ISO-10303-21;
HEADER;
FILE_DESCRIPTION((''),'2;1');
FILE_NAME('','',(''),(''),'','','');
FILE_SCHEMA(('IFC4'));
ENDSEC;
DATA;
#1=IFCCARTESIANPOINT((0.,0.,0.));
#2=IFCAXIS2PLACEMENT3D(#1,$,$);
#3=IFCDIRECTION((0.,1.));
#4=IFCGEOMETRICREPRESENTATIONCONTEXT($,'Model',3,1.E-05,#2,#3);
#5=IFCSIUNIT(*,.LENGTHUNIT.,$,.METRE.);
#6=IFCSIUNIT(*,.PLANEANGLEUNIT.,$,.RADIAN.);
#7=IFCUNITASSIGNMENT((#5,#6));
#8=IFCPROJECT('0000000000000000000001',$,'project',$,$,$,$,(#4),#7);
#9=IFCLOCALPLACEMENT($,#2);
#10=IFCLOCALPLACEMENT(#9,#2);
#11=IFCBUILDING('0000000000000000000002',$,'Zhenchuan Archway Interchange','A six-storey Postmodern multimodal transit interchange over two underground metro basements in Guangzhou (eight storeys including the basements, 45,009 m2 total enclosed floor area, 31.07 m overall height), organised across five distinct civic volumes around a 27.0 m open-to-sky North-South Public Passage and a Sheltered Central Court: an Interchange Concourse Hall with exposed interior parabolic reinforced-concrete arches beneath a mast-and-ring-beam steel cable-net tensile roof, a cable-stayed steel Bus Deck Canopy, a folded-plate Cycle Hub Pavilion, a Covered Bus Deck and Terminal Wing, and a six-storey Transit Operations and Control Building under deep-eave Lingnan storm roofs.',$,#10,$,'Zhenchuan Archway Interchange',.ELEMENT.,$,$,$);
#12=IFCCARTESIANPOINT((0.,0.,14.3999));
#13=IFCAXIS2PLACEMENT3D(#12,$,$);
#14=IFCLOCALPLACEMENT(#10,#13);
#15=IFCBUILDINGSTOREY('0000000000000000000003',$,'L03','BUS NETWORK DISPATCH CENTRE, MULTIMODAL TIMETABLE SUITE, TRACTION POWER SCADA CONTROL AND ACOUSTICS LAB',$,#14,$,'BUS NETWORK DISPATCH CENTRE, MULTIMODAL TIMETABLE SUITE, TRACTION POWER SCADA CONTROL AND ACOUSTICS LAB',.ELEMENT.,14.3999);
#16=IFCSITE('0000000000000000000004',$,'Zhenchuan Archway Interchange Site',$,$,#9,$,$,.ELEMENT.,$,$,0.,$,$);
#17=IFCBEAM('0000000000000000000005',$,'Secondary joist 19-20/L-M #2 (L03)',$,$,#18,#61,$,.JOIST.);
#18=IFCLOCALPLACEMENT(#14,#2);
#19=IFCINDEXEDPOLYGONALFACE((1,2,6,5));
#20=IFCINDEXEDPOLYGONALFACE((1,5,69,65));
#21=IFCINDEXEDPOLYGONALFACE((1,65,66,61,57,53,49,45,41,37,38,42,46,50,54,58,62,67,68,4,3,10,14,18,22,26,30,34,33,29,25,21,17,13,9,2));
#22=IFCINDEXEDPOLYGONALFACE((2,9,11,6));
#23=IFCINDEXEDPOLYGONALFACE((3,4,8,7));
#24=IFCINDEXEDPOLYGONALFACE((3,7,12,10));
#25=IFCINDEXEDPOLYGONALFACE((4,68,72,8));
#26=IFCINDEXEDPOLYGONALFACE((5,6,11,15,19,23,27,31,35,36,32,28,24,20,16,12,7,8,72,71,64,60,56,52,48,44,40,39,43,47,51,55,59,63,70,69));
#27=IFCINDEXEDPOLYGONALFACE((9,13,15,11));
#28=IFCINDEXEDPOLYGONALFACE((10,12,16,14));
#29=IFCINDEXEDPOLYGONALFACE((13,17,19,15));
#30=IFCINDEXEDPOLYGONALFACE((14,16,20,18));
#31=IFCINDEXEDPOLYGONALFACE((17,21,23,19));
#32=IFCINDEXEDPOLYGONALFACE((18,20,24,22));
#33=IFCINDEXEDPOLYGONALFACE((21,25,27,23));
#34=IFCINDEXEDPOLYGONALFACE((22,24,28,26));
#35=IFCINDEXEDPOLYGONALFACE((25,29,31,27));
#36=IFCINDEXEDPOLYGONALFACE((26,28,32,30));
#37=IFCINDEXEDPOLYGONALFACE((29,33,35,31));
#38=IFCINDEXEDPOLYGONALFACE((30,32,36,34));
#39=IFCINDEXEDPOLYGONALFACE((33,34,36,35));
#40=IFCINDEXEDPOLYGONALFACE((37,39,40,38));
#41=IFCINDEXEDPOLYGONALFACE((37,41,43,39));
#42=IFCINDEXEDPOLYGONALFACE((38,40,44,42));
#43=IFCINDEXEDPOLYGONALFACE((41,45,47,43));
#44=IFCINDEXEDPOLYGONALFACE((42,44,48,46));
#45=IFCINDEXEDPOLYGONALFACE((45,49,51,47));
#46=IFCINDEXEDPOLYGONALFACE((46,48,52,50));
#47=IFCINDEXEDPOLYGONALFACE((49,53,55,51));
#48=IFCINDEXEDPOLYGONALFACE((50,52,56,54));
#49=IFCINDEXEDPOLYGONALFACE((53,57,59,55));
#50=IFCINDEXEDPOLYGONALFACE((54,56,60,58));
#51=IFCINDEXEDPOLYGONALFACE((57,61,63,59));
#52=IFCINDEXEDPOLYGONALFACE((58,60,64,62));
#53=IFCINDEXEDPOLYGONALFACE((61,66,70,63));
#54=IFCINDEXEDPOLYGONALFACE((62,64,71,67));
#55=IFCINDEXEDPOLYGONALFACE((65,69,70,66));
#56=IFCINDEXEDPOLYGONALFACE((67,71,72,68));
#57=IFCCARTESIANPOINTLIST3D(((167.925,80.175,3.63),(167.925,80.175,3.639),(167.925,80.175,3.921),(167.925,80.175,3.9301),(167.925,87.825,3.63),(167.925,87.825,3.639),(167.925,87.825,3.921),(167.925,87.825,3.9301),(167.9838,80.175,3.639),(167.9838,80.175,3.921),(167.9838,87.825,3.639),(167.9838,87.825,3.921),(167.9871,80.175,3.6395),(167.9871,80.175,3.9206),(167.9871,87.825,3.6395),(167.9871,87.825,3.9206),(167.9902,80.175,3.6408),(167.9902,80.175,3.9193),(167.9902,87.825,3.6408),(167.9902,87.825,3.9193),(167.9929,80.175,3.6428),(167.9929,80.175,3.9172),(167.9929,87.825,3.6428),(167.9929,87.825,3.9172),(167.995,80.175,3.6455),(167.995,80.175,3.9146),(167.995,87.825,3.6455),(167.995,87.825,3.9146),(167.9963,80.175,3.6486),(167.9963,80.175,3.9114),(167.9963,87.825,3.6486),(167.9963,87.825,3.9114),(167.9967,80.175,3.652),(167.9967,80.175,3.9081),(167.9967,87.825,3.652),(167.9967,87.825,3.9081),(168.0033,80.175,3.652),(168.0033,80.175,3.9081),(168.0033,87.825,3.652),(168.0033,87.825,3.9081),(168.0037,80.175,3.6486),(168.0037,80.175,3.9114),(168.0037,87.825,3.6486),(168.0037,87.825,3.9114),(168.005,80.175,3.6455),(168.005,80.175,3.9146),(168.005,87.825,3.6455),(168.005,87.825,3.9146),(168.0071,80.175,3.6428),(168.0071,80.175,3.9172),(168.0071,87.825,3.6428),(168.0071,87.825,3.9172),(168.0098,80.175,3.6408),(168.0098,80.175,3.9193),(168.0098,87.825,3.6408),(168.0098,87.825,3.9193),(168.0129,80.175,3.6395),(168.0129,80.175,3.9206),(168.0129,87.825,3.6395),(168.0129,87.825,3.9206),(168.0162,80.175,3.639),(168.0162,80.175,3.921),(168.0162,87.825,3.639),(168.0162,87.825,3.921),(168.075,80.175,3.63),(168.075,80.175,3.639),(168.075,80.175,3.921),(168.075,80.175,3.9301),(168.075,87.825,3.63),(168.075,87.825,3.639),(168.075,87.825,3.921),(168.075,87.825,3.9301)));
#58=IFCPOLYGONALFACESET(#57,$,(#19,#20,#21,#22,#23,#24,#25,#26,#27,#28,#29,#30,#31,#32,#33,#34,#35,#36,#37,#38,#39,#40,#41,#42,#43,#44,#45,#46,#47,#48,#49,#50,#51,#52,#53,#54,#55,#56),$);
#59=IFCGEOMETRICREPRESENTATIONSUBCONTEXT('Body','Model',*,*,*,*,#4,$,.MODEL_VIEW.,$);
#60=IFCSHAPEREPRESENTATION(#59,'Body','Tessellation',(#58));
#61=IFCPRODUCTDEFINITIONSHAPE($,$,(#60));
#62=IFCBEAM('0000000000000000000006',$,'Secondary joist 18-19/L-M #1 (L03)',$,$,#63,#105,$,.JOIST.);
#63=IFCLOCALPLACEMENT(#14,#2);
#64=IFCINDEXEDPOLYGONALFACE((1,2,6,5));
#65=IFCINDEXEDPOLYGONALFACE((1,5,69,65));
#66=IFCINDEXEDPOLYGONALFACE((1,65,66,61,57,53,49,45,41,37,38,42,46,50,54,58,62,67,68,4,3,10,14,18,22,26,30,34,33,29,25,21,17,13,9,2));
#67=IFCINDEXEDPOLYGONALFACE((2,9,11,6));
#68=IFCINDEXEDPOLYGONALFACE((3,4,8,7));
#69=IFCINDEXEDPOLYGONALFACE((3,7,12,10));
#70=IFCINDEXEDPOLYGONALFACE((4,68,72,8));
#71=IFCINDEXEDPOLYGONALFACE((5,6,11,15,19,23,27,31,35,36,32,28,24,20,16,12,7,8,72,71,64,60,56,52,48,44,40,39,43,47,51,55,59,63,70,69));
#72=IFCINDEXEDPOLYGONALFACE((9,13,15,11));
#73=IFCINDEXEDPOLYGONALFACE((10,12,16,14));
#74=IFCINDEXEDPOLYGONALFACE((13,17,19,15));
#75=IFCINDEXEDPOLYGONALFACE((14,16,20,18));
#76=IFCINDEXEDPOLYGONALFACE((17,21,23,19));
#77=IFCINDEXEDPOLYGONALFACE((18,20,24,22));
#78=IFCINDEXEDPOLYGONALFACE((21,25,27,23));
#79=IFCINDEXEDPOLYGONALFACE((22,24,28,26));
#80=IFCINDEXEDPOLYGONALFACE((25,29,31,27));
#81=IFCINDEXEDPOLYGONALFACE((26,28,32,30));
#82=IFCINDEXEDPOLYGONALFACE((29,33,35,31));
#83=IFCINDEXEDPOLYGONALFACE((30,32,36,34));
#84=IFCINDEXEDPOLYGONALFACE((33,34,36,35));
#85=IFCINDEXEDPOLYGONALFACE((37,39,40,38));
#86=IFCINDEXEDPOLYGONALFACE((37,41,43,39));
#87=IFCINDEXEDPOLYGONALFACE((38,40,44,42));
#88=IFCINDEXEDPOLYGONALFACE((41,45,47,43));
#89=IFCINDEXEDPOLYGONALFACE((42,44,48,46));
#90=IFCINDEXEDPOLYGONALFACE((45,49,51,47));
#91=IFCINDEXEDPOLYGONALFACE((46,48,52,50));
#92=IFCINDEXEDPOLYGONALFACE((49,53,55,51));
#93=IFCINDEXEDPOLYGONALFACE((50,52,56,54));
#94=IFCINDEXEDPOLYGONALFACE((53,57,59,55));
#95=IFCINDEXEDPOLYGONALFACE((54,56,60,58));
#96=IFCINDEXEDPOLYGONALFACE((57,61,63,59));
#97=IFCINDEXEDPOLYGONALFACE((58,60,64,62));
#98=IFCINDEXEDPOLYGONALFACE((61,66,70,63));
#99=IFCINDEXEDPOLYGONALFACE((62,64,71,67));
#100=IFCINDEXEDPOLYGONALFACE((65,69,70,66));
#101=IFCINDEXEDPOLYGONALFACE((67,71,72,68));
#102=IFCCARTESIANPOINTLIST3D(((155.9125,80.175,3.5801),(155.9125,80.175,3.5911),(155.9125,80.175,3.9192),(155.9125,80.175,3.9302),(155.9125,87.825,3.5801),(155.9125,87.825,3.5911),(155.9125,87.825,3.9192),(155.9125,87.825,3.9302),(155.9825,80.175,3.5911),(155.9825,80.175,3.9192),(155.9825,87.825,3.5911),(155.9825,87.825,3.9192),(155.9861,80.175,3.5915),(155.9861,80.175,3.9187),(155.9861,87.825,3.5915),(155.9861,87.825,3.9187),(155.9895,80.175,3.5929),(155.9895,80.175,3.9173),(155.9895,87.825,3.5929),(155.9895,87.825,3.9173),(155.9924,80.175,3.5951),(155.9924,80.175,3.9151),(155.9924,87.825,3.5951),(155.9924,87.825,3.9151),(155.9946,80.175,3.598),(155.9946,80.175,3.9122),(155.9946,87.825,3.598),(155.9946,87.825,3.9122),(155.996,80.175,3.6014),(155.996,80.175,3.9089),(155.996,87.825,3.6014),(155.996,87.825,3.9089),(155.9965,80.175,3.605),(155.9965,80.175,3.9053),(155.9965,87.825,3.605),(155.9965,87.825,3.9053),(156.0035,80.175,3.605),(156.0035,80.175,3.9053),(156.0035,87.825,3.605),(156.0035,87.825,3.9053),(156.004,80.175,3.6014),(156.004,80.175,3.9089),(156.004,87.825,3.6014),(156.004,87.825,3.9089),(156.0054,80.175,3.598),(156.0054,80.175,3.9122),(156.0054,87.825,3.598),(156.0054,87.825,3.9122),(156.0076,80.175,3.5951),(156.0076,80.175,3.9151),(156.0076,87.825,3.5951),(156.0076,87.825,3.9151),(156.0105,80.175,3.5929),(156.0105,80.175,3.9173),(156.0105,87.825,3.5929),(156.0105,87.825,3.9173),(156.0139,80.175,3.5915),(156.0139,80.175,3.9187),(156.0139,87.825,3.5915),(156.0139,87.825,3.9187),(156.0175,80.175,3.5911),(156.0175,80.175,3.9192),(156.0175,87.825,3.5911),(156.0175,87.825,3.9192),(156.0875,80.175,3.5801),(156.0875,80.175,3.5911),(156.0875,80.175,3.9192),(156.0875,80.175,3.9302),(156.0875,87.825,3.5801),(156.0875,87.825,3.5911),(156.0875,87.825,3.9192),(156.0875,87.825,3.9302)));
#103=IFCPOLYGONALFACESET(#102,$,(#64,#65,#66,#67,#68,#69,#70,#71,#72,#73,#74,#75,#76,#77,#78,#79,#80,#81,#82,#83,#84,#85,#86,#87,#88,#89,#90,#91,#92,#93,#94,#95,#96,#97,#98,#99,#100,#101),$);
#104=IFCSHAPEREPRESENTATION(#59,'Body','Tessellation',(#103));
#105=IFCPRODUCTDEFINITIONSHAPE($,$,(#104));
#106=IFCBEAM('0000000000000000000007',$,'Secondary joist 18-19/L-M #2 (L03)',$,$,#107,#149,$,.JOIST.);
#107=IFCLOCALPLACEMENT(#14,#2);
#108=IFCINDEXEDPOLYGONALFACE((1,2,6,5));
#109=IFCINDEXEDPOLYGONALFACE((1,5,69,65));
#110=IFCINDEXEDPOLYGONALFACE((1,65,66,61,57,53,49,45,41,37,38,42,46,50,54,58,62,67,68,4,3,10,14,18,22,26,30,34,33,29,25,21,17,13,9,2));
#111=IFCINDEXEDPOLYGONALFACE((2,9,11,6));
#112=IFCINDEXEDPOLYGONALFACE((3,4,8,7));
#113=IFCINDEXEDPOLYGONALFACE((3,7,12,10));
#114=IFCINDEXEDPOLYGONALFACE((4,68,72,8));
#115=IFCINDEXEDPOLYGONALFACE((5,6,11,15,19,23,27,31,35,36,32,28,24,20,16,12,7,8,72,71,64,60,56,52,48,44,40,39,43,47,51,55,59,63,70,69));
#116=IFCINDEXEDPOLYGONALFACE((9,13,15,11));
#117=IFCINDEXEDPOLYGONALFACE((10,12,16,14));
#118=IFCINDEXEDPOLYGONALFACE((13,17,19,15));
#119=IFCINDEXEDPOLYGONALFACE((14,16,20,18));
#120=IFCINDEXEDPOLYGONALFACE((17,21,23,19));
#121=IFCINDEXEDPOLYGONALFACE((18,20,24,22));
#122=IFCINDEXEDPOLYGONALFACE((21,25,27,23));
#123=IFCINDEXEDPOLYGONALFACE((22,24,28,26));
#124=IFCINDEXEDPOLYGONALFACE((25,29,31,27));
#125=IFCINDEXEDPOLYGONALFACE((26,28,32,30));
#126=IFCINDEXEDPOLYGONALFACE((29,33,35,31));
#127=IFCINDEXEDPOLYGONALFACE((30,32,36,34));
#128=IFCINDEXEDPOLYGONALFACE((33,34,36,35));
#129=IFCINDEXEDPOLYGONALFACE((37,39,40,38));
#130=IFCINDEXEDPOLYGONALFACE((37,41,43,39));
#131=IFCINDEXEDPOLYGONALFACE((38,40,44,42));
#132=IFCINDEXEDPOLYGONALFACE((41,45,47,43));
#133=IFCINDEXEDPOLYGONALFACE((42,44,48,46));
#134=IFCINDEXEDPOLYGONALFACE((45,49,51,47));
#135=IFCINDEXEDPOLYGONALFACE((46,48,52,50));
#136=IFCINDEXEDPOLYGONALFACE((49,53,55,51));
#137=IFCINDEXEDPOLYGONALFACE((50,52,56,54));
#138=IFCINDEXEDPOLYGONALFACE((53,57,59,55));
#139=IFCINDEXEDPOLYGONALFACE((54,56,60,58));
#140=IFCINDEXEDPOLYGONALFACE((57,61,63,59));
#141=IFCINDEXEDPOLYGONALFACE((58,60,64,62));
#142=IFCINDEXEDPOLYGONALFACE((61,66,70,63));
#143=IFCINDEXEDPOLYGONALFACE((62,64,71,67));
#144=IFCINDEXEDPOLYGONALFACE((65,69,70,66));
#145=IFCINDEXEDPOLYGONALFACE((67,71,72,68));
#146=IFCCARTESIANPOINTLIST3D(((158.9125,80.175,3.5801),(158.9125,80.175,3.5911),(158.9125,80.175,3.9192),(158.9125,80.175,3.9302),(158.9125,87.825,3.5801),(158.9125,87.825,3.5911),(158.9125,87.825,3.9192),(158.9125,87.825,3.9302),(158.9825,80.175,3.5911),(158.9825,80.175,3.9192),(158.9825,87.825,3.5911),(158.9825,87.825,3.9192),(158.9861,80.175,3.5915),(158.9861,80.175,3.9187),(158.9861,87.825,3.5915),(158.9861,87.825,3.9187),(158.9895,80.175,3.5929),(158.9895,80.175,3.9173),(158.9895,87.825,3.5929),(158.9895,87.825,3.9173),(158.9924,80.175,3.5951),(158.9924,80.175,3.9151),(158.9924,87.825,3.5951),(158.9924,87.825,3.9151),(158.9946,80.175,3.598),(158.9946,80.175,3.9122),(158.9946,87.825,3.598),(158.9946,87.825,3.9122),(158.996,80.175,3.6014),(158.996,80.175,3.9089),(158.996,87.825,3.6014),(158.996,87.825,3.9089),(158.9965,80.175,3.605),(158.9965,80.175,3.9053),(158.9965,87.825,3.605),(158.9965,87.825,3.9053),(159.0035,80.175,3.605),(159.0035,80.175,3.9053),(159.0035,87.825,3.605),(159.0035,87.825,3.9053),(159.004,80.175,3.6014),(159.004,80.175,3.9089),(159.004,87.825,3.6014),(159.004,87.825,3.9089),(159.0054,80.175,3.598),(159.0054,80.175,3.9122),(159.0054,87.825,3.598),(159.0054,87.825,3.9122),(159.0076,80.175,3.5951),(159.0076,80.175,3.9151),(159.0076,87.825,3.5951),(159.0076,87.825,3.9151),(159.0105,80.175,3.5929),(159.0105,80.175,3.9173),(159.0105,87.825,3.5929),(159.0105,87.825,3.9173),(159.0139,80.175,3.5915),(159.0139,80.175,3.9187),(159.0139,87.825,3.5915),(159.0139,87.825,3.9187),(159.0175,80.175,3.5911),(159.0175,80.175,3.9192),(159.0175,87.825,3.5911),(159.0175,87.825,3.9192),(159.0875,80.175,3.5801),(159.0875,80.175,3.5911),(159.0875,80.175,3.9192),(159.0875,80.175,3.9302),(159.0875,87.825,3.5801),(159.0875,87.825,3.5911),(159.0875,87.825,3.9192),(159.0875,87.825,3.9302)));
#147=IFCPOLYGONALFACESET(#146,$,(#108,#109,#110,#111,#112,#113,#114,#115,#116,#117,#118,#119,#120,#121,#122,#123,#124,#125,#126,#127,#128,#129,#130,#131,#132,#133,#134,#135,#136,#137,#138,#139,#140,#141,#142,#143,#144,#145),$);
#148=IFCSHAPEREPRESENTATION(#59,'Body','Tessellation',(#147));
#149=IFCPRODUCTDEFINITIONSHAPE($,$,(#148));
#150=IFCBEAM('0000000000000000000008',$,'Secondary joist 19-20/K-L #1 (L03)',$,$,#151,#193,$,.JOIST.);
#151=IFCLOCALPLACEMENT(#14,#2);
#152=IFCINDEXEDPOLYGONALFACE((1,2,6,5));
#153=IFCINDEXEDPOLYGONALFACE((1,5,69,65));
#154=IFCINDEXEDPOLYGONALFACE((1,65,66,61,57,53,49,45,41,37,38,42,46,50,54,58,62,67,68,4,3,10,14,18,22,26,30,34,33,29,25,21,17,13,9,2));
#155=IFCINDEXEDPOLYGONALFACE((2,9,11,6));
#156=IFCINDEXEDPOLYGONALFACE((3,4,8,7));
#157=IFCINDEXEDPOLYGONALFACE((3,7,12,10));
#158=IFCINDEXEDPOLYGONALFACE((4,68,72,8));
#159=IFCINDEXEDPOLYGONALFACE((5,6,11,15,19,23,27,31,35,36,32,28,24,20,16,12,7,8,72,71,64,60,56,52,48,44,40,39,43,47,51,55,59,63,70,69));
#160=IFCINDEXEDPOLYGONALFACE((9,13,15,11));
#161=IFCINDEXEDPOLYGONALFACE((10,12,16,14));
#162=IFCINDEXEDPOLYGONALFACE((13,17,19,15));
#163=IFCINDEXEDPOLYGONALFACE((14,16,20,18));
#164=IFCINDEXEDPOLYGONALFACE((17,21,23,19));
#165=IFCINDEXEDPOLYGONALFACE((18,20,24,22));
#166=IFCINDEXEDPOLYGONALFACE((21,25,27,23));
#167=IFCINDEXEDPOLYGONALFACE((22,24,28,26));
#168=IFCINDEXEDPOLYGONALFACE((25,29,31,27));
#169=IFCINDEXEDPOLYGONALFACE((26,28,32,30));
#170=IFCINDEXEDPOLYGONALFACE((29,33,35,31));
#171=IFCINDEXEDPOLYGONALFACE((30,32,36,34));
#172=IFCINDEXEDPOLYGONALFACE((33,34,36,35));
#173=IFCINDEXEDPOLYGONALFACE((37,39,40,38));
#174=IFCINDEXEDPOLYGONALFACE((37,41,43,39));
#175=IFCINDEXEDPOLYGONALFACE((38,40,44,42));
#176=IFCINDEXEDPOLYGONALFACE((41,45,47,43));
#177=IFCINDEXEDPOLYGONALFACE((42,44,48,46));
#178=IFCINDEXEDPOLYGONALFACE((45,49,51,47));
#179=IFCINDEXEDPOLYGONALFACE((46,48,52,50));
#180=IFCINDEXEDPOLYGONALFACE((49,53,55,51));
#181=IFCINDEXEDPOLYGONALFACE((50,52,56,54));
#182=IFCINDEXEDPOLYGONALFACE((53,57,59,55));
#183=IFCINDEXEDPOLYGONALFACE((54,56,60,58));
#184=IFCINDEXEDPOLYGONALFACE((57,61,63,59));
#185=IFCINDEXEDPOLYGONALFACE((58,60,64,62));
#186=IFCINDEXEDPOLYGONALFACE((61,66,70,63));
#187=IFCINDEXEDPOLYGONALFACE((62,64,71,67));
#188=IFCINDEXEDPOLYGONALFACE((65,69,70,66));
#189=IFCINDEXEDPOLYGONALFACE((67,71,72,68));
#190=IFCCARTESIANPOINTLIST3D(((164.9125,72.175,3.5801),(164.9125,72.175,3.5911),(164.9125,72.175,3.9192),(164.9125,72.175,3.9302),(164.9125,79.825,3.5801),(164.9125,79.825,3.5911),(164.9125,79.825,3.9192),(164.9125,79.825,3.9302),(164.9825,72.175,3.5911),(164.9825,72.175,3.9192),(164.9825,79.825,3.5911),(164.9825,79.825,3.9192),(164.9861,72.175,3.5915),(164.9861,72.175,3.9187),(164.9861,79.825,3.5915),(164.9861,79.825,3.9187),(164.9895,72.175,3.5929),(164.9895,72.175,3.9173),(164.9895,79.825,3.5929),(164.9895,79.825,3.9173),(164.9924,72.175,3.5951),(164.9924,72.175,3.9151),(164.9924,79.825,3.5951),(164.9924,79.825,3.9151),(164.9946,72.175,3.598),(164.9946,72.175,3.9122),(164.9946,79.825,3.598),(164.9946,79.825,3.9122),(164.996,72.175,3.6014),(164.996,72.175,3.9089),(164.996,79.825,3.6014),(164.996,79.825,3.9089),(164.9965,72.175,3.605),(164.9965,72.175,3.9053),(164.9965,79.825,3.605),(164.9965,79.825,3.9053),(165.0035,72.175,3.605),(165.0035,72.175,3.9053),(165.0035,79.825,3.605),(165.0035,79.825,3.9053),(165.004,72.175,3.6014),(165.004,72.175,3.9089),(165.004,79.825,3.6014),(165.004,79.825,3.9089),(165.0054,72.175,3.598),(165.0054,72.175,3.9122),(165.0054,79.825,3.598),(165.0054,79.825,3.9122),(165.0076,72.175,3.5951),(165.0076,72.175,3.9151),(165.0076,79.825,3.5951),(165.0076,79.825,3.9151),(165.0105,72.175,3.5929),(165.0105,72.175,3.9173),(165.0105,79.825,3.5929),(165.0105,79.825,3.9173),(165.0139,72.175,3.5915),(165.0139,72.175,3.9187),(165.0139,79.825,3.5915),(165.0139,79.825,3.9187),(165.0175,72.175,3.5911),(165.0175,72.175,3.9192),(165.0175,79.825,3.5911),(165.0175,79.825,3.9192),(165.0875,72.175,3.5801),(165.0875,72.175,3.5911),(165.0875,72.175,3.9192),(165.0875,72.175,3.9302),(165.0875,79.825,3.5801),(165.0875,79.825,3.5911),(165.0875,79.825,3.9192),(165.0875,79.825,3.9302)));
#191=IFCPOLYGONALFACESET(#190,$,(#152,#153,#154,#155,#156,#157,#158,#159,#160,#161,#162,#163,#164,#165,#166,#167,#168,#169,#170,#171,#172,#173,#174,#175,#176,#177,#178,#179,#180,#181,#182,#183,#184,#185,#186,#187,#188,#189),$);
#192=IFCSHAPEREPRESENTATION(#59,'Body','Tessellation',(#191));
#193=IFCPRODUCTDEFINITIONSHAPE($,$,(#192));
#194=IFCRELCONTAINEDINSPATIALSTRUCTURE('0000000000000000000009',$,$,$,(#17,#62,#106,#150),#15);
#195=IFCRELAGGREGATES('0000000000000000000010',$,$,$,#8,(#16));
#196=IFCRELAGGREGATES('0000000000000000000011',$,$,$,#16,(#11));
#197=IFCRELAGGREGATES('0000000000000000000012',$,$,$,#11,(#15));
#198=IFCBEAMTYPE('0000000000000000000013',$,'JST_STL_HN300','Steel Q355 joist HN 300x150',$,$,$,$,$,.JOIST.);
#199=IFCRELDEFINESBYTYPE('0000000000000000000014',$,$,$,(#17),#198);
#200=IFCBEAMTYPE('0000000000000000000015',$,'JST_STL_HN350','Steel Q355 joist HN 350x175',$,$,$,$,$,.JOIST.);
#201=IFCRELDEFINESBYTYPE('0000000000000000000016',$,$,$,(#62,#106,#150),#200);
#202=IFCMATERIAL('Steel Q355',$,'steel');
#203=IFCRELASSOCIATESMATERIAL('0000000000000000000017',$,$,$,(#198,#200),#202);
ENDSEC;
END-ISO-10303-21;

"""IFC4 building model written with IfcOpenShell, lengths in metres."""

from ifc_helpers import new_model, si_unit, direction, frame, origin, origin_2d, place, context, subcontext, project, spatial, i_section, extrude, material, material_profile, profile_set, type_object, element, save


model = new_model("IFC4")

# Units and contexts
model_context = context("Model", 3, precision=1e-05, world=origin(), true_north=direction((0.0, 1.0)))
body_context = subcontext(model_context, "Body", "Model", "MODEL_VIEW")
ifc_project = project(units=[si_unit("LENGTHUNIT", "METRE"), si_unit("PLANEANGLEUNIT", "RADIAN")], contexts=[model_context])

# Site, building, storey
site_placement = place(None, origin())
site = spatial("IfcSite", under=ifc_project, at=site_placement, Name="Zhenchuan Archway Interchange Site", CompositionType="ELEMENT", RefElevation=0.0)
building_placement = place(site_placement, origin())
building = spatial("IfcBuilding", under=site, at=building_placement, Name="Zhenchuan Archway Interchange", Description="A six-storey Postmodern multimodal transit interchange over two underground metro basements in Guangzhou (eight storeys including the basements, 45,009 m2 total enclosed floor area, 31.07 m overall height), organised across five distinct civic volumes around a 27.0 m open-to-sky North-South Public Passage and a Sheltered Central Court: an Interchange Concourse Hall with exposed interior parabolic reinforced-concrete arches beneath a mast-and-ring-beam steel cable-net tensile roof, a cable-stayed steel Bus Deck Canopy, a folded-plate Cycle Hub Pavilion, a Covered Bus Deck and Terminal Wing, and a six-storey Transit Operations and Control Building under deep-eave Lingnan storm roofs.", LongName="Zhenchuan Archway Interchange", CompositionType="ELEMENT")
storey_placement = place(building_placement, frame((0.0, 0.0, 14.3999)))
storey = spatial("IfcBuildingStorey", under=building, at=storey_placement, Name="L03", Description="BUS NETWORK DISPATCH CENTRE, MULTIMODAL TIMETABLE SUITE, TRACTION POWER SCADA CONTROL AND ACOUSTICS LAB", LongName="BUS NETWORK DISPATCH CENTRE, MULTIMODAL TIMETABLE SUITE, TRACTION POWER SCADA CONTROL AND ACOUSTICS LAB", CompositionType="ELEMENT", Elevation=14.3999)

# Beams
ifc_material_1 = material(Name="Steel Q355", Category="steel")
ifc_material_profile_1 = material_profile(ifc_material_1, i_section(OverallWidth=0.1499, OverallDepth=0.3, WebThickness=0.0066, FlangeThickness=0.009, FilletRadius=0.0129, at=origin_2d()), Name="HN 300x150")
ifc_profile_set_1 = profile_set([ifc_material_profile_1], Name="Steel Q355")
beam_type_1 = type_object("IfcBeamType", Name="JST_STL_HN300", Description="Steel Q355 joist HN 300x150", PredefinedType="JOIST", material=ifc_profile_set_1)
for number, where, z_axis, x_axis, name in (
    (1, (168.0, 80.175, 3.78), (0.0, 1.0, 0.0), (-1.0, 0.0, 0.0), "Secondary joist 19-20/L-M #2 (L03)"),
):
    element("IfcBeam", number, at=place(storey_placement, frame(where, z_axis=z_axis, x_axis=x_axis)), inside=storey, type_object=beam_type_1, Name=name, PredefinedType="JOIST", context=body_context, shape_type="SweptSolid", body=[
        extrude(i_section(OverallWidth=0.1499, OverallDepth=0.3, WebThickness=0.0066, FlangeThickness=0.009, FilletRadius=0.0129, at=origin_2d()), origin(), (0.0, 0.0, 1.0), 7.6499),
    ])
ifc_material_profile_2 = material_profile(ifc_material_1, i_section(OverallWidth=0.175, OverallDepth=0.3501, WebThickness=0.0071, FlangeThickness=0.011, FilletRadius=0.0139, at=origin_2d()), Name="HN 350x175")
ifc_profile_set_2 = profile_set([ifc_material_profile_2], Name="Steel Q355")
beam_type_2 = type_object("IfcBeamType", Name="JST_STL_HN350", Description="Steel Q355 joist HN 350x175", PredefinedType="JOIST", material=ifc_profile_set_2)
for number, where, z_axis, x_axis, name in (
    (2, (156.0, 80.175, 3.7551), (0.0, 1.0, 0.0), (-1.0, 0.0, 0.0), "Secondary joist 18-19/L-M #1 (L03)"),
    (3, (159.0, 80.175, 3.7551), (0.0, 1.0, 0.0), (-1.0, 0.0, 0.0), "Secondary joist 18-19/L-M #2 (L03)"),
    (4, (165.0, 72.175, 3.7551), (0.0, 1.0, 0.0), (-1.0, 0.0, 0.0), "Secondary joist 19-20/K-L #1 (L03)"),
):
    element("IfcBeam", number, at=place(storey_placement, frame(where, z_axis=z_axis, x_axis=x_axis)), inside=storey, type_object=beam_type_2, Name=name, PredefinedType="JOIST", context=body_context, shape_type="SweptSolid", body=[
        extrude(i_section(OverallWidth=0.175, OverallDepth=0.3501, WebThickness=0.0071, FlangeThickness=0.011, FilletRadius=0.0139, at=origin_2d()), origin(), (0.0, 0.0, 1.0), 7.6499),
    ])

save(model, "model.ifc")
